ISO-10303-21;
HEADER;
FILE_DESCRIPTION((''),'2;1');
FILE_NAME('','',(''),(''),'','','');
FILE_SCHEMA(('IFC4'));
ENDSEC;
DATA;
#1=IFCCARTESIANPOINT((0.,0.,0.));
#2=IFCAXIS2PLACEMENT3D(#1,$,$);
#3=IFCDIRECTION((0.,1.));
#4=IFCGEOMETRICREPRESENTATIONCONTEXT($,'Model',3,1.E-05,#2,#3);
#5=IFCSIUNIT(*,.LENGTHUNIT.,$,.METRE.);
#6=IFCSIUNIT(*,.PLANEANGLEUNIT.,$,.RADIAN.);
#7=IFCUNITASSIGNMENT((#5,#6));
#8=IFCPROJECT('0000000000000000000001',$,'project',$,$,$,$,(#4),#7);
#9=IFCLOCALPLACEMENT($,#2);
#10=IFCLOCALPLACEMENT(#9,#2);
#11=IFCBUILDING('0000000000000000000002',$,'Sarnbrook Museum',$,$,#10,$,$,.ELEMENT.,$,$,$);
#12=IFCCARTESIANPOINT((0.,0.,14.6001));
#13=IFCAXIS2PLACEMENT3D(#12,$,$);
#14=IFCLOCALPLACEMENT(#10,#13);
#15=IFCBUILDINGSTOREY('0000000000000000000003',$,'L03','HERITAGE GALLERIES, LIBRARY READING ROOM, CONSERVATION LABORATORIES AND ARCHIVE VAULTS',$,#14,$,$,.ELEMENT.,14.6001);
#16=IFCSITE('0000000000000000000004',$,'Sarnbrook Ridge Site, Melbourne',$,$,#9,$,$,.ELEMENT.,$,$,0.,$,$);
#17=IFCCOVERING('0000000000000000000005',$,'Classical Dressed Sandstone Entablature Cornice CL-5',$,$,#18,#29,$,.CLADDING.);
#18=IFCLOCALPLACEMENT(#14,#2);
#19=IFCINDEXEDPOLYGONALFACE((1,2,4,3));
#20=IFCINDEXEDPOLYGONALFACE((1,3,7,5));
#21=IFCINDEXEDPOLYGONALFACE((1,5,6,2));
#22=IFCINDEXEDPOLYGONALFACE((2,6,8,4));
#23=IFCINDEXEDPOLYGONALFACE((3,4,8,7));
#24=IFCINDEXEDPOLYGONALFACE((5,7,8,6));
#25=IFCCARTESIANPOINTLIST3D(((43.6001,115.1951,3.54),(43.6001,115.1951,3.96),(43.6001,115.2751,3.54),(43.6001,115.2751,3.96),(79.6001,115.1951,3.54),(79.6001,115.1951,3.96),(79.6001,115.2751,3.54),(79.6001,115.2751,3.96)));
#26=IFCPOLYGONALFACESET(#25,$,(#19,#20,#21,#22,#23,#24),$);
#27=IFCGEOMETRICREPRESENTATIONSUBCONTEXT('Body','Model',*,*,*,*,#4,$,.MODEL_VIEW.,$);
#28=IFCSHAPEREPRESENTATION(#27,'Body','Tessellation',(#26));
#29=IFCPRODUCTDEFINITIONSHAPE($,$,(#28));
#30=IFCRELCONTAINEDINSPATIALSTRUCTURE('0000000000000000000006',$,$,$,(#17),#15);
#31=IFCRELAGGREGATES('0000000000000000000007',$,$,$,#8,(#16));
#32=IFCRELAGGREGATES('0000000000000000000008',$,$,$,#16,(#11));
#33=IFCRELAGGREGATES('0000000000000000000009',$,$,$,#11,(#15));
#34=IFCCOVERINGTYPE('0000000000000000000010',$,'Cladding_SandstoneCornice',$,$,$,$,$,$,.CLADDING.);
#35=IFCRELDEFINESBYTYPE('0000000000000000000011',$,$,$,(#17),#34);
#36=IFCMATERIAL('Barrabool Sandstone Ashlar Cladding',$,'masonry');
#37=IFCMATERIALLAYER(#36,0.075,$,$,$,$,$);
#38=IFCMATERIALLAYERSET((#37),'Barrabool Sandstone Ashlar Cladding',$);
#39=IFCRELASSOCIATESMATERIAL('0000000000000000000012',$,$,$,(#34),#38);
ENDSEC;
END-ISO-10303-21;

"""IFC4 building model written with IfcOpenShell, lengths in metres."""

from ifc_helpers import new_model, si_unit, direction, frame, origin, origin_2d, place, context, subcontext, project, spatial, rectangle, extrude, material, layer, layer_set, type_object, element, save


model = new_model("IFC4")

# Units and contexts
model_context = context("Model", 3, precision=1e-05, world=origin(), true_north=direction((0.0, 1.0)))
body_context = subcontext(model_context, "Body", "Model", "MODEL_VIEW")
ifc_project = project(units=[si_unit("LENGTHUNIT", "METRE"), si_unit("PLANEANGLEUNIT", "RADIAN")], contexts=[model_context])

# Site, building, storey
site_placement = place(None, origin())
site = spatial("IfcSite", under=ifc_project, at=site_placement, Name="Sarnbrook Ridge Site, Melbourne", CompositionType="ELEMENT", RefElevation=0.0)
building_placement = place(site_placement, origin())
building = spatial("IfcBuilding", under=site, at=building_placement, Name="Sarnbrook Museum", CompositionType="ELEMENT")
storey_placement = place(building_placement, frame((0.0, 0.0, 14.6001)))
storey = spatial("IfcBuildingStorey", under=building, at=storey_placement, Name="L03", Description="HERITAGE GALLERIES, LIBRARY READING ROOM, CONSERVATION LABORATORIES AND ARCHIVE VAULTS", CompositionType="ELEMENT", Elevation=14.6001)

# Shared definitions
ifc_material_1 = material(Name="Barrabool Sandstone Ashlar Cladding", Category="masonry")

# Covering
ifc_layer_1 = layer(ifc_material_1, 0.075)
ifc_layer_set_1 = layer_set([ifc_layer_1], Name="Barrabool Sandstone Ashlar Cladding")
covering_type = type_object("IfcCoveringType", Name="Cladding_SandstoneCornice", PredefinedType="CLADDING", material=ifc_layer_set_1)
covering_placement = place(storey_placement, frame((61.6001, 115.2351, 3.54), z_axis=(0.0, 0.0, 1.0), x_axis=(1.0, 0.0, 0.0)))
element("IfcCovering", 1, at=covering_placement, inside=storey, type_object=covering_type, Name="Classical Dressed Sandstone Entablature Cornice CL-5", PredefinedType="CLADDING", context=body_context, shape_type="SweptSolid", body=[
    extrude(rectangle(XDim=36.0, YDim=0.0801, at=origin_2d()), origin(), (0.0, 0.0, 1.0), 0.4199),
])

save(model, "model.ifc")
